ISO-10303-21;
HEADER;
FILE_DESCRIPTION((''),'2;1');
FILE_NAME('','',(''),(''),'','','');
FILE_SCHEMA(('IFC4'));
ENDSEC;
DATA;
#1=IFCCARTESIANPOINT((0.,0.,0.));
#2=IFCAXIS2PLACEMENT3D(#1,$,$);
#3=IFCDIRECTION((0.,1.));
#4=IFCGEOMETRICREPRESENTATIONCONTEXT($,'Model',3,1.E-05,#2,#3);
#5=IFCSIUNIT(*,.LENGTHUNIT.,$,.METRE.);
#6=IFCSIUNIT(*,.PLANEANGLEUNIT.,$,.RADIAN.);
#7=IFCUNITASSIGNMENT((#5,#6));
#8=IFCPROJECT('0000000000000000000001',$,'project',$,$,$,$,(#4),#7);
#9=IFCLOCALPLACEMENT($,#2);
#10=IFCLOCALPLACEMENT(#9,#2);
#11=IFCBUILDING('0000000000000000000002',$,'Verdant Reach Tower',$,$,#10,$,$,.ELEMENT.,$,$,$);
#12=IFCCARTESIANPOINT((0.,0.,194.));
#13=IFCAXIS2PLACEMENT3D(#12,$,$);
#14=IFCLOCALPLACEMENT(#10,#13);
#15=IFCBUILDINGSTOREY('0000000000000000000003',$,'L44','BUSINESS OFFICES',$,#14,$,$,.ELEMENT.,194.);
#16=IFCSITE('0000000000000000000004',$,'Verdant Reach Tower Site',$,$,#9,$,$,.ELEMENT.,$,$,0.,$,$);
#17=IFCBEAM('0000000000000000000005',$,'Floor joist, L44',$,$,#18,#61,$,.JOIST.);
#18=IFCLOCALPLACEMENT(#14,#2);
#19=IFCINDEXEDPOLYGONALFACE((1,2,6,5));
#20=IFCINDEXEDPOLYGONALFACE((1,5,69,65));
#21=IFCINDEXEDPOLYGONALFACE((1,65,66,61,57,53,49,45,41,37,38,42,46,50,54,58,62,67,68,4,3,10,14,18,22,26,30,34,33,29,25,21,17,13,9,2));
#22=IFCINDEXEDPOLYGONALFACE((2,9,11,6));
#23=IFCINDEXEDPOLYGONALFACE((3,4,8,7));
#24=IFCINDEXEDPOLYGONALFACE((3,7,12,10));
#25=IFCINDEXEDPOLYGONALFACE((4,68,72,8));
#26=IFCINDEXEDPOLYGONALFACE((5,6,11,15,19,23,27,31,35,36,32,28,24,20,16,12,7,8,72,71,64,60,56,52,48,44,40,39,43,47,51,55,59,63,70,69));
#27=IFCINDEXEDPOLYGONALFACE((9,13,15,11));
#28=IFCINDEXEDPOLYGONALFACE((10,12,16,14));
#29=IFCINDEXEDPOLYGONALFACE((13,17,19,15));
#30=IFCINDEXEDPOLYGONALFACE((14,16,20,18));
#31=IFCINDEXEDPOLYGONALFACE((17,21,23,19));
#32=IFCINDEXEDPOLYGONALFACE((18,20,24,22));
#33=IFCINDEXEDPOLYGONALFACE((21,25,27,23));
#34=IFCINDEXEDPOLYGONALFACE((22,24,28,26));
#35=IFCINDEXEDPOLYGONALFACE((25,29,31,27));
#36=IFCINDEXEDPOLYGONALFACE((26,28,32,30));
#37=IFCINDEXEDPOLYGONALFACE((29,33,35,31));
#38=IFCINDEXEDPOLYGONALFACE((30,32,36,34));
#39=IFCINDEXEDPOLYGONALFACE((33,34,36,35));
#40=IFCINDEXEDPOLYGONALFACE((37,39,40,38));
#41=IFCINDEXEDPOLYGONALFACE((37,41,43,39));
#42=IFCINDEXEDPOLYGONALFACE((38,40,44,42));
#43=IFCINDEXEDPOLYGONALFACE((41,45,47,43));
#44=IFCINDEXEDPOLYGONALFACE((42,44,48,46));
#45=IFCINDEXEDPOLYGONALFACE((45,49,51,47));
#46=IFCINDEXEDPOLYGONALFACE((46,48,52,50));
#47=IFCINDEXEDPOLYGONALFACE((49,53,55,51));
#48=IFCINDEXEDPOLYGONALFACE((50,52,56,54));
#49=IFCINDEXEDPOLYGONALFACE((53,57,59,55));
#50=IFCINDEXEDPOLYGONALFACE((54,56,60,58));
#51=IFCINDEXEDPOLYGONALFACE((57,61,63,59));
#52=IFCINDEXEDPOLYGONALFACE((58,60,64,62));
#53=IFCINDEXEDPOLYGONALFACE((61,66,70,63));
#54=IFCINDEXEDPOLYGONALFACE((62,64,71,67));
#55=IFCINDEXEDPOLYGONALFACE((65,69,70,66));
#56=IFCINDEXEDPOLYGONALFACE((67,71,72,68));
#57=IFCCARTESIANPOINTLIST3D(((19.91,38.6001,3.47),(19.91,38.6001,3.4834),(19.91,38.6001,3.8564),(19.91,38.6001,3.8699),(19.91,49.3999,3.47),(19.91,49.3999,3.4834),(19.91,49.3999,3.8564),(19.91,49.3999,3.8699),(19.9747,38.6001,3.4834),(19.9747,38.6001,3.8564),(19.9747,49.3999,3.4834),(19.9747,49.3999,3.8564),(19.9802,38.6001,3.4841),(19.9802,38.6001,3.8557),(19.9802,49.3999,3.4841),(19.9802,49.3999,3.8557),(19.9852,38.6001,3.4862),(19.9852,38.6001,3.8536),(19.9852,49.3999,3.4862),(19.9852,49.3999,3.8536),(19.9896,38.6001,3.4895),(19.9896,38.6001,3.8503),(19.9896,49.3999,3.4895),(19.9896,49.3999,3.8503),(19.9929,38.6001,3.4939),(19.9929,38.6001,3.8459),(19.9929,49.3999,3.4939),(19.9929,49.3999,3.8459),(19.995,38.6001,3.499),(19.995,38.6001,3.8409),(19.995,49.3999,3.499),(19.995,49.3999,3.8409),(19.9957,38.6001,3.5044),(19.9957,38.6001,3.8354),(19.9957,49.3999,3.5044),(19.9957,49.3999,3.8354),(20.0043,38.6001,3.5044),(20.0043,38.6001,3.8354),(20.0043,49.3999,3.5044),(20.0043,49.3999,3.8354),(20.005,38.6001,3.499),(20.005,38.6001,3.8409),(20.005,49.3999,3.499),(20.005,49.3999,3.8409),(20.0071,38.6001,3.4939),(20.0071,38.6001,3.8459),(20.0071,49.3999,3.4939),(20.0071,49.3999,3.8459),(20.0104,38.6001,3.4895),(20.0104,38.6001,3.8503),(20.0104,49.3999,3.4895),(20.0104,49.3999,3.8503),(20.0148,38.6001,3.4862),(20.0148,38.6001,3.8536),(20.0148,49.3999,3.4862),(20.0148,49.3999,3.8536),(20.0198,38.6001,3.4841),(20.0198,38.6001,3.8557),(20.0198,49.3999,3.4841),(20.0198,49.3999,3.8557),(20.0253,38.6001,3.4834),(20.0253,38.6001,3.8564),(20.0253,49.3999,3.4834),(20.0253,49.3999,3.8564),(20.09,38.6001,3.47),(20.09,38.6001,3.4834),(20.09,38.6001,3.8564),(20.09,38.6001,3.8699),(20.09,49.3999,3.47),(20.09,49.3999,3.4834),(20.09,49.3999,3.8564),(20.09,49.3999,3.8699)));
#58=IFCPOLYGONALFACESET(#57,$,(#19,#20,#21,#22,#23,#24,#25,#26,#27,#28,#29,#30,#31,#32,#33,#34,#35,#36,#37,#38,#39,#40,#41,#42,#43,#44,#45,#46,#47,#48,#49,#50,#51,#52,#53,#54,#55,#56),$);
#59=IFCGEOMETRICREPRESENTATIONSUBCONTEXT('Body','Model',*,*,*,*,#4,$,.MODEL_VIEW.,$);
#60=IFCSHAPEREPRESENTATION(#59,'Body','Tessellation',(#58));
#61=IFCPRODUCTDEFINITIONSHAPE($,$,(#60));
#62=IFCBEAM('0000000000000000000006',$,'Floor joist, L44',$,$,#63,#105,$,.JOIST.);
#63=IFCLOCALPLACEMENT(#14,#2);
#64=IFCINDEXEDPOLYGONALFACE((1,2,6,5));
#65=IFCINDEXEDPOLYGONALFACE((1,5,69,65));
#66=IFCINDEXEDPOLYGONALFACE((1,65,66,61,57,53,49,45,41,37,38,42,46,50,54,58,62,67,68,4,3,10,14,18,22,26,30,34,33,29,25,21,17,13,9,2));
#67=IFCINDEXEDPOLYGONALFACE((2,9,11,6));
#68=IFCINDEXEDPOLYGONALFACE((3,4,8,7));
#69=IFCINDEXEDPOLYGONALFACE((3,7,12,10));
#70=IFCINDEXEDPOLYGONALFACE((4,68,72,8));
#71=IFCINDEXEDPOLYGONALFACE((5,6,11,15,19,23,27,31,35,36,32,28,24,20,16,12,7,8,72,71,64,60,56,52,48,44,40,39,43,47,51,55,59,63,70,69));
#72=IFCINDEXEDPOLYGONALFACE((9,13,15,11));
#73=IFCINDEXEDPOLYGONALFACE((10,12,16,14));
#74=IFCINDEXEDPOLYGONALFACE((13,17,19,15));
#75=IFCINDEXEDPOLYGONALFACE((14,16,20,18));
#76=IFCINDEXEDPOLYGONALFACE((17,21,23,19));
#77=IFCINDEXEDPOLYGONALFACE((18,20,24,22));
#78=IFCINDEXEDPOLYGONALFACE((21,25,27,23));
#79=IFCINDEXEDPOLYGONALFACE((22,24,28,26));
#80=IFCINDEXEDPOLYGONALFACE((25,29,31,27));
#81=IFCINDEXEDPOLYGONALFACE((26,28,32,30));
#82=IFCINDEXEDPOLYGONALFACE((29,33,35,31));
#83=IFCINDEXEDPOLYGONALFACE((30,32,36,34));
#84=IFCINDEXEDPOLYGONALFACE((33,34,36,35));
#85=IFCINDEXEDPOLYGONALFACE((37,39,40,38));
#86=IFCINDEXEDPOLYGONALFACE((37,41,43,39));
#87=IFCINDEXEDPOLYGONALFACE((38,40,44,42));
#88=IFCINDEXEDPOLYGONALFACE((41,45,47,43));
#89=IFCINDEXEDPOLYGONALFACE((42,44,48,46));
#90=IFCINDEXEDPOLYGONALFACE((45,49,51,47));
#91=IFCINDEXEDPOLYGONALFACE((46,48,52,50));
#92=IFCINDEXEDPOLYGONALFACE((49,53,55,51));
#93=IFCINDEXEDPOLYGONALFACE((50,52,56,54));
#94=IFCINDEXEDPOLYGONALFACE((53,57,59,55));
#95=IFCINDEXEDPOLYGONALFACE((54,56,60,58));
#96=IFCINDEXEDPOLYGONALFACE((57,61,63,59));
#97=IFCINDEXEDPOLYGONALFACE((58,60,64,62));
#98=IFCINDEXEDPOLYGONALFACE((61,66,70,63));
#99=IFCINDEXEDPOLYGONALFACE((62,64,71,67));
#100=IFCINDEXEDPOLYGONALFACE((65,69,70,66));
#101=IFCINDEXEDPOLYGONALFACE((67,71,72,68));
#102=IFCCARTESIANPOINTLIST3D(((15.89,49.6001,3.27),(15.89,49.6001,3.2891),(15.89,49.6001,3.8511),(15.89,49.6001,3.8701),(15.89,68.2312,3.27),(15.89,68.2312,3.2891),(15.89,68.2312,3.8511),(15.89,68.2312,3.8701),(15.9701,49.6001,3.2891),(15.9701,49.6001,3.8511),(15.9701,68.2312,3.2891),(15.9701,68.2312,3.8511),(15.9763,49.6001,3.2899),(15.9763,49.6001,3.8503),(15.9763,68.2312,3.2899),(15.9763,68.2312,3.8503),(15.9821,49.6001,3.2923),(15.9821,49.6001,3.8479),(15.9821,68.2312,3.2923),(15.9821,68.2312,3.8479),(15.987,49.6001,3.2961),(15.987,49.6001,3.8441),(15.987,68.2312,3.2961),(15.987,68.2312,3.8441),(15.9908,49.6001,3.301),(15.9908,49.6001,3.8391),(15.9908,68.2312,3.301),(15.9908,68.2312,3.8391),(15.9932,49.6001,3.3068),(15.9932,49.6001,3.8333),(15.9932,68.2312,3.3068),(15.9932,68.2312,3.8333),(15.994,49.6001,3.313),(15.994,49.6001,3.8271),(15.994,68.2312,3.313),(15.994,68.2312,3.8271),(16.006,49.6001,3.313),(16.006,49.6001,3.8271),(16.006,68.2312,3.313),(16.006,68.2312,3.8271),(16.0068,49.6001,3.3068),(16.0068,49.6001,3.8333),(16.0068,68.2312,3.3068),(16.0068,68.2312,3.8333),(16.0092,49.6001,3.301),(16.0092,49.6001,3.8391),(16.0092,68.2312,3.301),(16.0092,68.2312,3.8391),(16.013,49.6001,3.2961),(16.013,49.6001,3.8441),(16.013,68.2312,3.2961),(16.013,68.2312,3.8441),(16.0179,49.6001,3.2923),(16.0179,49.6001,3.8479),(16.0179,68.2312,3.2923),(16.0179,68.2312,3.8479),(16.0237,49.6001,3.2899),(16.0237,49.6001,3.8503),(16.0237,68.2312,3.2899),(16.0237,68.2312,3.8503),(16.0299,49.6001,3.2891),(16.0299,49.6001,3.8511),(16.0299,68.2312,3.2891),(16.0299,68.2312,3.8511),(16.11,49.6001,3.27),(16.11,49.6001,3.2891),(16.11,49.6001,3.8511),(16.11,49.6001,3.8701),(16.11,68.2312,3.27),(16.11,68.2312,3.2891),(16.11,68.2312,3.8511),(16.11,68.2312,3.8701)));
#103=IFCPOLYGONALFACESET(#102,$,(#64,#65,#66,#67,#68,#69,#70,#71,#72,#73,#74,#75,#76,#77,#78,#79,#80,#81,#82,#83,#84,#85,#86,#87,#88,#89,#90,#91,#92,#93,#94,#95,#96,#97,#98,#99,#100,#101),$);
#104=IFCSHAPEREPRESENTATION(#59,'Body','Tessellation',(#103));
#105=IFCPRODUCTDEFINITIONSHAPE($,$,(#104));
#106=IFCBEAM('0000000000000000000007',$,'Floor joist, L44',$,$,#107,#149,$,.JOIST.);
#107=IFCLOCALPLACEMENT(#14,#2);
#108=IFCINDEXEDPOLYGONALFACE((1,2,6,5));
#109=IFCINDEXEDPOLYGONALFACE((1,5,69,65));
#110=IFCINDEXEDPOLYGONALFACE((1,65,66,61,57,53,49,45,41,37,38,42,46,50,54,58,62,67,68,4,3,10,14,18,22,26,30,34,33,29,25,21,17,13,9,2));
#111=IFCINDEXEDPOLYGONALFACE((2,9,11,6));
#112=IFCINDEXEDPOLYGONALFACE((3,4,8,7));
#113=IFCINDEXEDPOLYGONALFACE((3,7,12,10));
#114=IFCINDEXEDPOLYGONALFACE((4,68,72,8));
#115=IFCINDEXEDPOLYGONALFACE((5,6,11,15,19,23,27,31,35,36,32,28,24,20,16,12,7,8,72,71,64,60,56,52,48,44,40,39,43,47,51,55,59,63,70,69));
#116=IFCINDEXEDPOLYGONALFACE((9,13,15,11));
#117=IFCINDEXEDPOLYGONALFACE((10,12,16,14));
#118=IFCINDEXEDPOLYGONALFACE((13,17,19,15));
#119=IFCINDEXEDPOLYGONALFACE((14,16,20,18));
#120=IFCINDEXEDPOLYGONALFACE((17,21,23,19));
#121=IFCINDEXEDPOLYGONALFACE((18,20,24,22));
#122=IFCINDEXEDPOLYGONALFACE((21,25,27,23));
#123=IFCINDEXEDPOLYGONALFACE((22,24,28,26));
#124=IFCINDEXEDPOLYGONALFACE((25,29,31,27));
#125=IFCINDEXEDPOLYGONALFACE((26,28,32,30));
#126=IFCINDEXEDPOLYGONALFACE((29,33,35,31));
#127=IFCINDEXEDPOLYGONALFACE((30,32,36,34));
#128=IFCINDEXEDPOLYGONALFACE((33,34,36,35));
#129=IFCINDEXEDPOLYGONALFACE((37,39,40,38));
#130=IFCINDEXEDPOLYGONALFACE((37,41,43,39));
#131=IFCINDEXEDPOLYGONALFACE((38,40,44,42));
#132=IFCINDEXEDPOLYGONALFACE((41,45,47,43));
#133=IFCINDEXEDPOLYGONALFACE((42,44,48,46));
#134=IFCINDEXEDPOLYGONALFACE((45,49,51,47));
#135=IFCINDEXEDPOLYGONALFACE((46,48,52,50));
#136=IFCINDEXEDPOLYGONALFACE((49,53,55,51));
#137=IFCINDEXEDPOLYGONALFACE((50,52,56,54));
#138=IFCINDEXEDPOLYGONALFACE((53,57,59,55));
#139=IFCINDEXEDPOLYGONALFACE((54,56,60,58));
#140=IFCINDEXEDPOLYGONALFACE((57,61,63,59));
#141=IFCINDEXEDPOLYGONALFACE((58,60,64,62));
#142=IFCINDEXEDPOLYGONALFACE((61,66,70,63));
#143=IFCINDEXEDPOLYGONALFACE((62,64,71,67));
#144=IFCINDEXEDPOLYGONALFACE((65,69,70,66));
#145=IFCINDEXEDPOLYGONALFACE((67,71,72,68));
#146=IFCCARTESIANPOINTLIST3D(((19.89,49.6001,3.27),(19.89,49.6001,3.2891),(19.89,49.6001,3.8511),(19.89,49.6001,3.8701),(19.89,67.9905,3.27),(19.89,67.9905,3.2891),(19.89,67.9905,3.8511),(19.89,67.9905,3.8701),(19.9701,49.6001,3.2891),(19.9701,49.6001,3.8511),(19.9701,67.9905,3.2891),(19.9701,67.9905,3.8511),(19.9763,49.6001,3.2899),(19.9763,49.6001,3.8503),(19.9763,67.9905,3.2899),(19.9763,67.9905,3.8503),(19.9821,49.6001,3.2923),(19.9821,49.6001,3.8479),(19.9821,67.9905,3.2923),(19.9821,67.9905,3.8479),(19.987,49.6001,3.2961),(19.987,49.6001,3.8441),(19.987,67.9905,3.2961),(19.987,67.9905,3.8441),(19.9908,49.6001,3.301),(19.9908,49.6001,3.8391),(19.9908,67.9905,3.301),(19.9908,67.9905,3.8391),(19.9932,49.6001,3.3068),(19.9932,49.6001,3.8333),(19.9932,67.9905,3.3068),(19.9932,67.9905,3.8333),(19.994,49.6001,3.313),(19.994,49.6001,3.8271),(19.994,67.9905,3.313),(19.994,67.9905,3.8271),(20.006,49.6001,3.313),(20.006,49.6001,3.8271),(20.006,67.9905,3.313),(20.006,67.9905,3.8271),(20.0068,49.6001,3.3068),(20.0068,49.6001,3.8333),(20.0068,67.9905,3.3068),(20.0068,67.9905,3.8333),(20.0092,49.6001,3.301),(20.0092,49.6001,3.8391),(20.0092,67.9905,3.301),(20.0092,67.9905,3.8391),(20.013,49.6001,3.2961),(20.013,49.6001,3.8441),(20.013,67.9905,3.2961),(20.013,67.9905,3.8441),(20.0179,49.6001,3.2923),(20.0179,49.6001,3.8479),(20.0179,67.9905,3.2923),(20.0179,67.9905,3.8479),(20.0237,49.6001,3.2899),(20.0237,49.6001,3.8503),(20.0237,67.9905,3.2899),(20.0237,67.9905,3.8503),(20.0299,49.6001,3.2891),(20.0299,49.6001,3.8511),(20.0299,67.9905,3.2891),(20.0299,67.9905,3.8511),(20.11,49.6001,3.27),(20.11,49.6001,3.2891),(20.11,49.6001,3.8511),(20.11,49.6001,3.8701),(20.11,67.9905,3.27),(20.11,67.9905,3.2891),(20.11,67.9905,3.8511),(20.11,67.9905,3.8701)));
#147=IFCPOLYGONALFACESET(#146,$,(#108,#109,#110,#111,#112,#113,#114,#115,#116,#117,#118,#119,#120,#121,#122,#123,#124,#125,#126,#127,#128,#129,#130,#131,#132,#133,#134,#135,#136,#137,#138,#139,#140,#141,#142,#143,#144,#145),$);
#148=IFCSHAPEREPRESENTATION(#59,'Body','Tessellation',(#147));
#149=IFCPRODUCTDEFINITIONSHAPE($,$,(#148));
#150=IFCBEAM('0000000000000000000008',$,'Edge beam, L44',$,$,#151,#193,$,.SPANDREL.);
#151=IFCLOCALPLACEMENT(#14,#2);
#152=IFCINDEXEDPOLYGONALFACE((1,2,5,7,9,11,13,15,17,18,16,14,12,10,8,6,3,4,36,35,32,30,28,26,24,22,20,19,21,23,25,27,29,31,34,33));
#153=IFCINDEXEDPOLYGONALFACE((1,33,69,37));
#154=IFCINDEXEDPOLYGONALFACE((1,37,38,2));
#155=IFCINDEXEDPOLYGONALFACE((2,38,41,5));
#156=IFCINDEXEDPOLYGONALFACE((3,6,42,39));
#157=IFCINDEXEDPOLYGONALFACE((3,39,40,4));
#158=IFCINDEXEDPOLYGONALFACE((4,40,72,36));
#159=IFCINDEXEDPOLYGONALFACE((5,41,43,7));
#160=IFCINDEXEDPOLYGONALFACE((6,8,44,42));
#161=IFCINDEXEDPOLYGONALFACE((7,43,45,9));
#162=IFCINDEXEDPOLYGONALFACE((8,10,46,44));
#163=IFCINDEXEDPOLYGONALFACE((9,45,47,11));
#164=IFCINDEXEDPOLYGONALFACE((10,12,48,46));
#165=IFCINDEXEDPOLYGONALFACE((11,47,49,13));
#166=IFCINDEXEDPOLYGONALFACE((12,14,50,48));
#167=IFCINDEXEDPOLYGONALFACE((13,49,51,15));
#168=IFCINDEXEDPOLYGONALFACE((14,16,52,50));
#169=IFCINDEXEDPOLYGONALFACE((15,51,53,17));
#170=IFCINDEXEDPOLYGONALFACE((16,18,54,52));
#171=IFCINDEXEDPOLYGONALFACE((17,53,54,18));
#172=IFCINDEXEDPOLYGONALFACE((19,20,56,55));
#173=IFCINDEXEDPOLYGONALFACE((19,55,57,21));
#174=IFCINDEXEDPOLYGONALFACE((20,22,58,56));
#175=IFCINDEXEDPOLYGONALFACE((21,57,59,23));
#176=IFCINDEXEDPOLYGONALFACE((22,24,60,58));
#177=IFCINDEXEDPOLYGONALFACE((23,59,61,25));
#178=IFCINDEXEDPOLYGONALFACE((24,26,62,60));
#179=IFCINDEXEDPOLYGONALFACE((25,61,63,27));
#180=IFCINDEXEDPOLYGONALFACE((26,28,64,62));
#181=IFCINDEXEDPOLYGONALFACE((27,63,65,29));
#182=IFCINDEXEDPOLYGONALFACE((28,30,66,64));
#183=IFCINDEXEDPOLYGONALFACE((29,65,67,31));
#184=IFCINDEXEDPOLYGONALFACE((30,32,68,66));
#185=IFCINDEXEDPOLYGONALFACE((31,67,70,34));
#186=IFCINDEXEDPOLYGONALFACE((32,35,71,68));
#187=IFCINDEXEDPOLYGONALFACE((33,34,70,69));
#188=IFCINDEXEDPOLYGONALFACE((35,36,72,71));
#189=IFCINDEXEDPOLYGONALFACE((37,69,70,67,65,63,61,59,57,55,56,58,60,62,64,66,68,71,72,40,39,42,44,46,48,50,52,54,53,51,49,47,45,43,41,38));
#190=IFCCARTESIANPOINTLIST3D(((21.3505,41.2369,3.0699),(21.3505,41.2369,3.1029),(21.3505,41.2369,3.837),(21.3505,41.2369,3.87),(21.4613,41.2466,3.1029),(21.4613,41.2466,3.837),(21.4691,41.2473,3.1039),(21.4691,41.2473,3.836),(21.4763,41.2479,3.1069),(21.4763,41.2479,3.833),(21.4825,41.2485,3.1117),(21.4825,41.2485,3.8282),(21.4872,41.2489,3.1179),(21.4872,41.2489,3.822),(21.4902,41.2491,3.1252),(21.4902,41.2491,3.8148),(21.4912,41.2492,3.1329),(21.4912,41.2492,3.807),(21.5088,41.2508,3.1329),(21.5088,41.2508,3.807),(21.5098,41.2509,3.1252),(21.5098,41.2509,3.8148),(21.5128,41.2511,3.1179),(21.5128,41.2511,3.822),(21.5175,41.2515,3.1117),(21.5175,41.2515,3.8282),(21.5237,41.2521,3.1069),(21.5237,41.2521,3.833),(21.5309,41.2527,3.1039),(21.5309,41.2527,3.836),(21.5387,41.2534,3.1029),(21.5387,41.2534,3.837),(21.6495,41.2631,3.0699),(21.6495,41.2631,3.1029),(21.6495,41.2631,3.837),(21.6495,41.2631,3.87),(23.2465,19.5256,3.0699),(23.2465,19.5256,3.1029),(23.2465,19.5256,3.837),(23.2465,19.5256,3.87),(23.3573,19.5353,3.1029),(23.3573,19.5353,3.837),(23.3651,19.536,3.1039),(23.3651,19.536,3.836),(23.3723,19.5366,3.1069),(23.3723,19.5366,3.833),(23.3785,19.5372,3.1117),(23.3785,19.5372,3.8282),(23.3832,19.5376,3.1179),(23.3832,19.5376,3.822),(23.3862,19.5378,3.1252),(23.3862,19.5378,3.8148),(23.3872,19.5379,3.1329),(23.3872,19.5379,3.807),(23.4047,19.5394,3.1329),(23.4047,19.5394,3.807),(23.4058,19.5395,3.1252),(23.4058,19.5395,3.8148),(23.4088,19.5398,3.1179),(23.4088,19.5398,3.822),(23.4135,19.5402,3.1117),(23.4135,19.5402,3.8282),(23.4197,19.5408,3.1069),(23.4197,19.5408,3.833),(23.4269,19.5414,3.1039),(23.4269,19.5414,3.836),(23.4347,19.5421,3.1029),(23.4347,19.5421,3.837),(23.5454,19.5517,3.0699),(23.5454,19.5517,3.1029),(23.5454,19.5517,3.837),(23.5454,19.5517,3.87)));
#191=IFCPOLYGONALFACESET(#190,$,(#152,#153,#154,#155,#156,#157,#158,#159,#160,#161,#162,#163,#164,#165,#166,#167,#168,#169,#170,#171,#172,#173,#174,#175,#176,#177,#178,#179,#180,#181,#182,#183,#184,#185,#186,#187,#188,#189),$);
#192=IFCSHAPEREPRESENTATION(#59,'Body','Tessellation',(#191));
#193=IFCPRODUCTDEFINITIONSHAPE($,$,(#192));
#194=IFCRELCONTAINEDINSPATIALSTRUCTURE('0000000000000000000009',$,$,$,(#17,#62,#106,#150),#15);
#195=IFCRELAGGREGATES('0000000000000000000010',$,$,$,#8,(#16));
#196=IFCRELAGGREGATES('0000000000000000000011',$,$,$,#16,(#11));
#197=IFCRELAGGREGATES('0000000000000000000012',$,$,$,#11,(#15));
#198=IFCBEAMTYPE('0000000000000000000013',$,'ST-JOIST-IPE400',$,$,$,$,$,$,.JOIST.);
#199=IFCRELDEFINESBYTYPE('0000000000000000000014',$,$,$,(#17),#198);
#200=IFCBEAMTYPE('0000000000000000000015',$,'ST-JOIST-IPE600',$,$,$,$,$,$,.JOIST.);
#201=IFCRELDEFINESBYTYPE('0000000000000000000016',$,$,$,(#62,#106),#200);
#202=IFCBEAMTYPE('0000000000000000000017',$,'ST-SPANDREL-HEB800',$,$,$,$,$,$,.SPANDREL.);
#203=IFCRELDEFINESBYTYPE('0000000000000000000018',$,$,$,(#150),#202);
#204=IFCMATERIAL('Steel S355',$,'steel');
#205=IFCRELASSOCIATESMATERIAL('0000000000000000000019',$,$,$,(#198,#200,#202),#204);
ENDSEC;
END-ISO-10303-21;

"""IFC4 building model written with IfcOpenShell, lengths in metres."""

from ifc_helpers import new_model, si_unit, direction, frame, origin, origin_2d, place, context, subcontext, project, spatial, i_section, extrude, material, material_profile, profile_set, type_object, element, save


model = new_model("IFC4")

# Units and contexts
model_context = context("Model", 3, precision=1e-05, world=origin(), true_north=direction((0.0, 1.0)))
body_context = subcontext(model_context, "Body", "Model", "MODEL_VIEW")
ifc_project = project(units=[si_unit("LENGTHUNIT", "METRE"), si_unit("PLANEANGLEUNIT", "RADIAN")], contexts=[model_context])

# Site, building, storey
site_placement = place(None, origin())
site = spatial("IfcSite", under=ifc_project, at=site_placement, Name="Verdant Reach Tower Site", CompositionType="ELEMENT", RefElevation=0.0)
building_placement = place(site_placement, origin())
building = spatial("IfcBuilding", under=site, at=building_placement, Name="Verdant Reach Tower", CompositionType="ELEMENT")
storey_placement = place(building_placement, frame((0.0, 0.0, 194.0)))
storey = spatial("IfcBuildingStorey", under=building, at=storey_placement, Name="L44", Description="BUSINESS OFFICES", CompositionType="ELEMENT", Elevation=194.0)

# Beams
ifc_material_1 = material(Name="Steel S355", Category="steel")
ifc_material_profile_1 = material_profile(ifc_material_1, i_section(OverallWidth=0.1799, OverallDepth=0.3999, WebThickness=0.0085, FlangeThickness=0.0134, FilletRadius=0.021, at=origin_2d()), Name="IPE 400")
ifc_profile_set_1 = profile_set([ifc_material_profile_1], Name="Steel S355")
beam_type_1 = type_object("IfcBeamType", Name="ST-JOIST-IPE400", PredefinedType="JOIST", material=ifc_profile_set_1)
for number, where, z_axis, x_axis, name in (
    (1, (20.0, 38.6001, 3.6699), (0.0, 1.0, 0.0), (-1.0, 0.0, 0.0), "Floor joist, L44"),
):
    element("IfcBeam", number, at=place(storey_placement, frame(where, z_axis=z_axis, x_axis=x_axis)), inside=storey, type_object=beam_type_1, Name=name, PredefinedType="JOIST", context=body_context, shape_type="SweptSolid", body=[
        extrude(i_section(OverallWidth=0.1799, OverallDepth=0.3999, WebThickness=0.0085, FlangeThickness=0.0134, FilletRadius=0.021, at=origin_2d()), origin(), (0.0, 0.0, 1.0), 10.7998),
    ])
ifc_material_profile_2 = material_profile(ifc_material_1, i_section(OverallWidth=0.22, OverallDepth=0.6001, WebThickness=0.012, FlangeThickness=0.019, FilletRadius=0.0239, at=origin_2d()), Name="IPE 600")
ifc_profile_set_2 = profile_set([ifc_material_profile_2], Name="Steel S355")
beam_type_2 = type_object("IfcBeamType", Name="ST-JOIST-IPE600", PredefinedType="JOIST", material=ifc_profile_set_2)
beam_1_placement = place(storey_placement, frame((16.0, 49.6001, 3.5701), z_axis=(0.0, 1.0, 0.0), x_axis=(-1.0, 0.0, 0.0)))
element("IfcBeam", 2, at=beam_1_placement, inside=storey, type_object=beam_type_2, Name="Floor joist, L44", PredefinedType="JOIST", context=body_context, shape_type="SweptSolid", body=[
    extrude(i_section(OverallWidth=0.22, OverallDepth=0.6001, WebThickness=0.012, FlangeThickness=0.019, FilletRadius=0.0239, at=origin_2d()), origin(), (0.0, 0.0, 1.0), 18.6311),
])
beam_2_placement = place(storey_placement, frame((20.0, 49.6001, 3.5701), z_axis=(0.0, 1.0, 0.0), x_axis=(-1.0, 0.0, 0.0)))
element("IfcBeam", 3, at=beam_2_placement, inside=storey, type_object=beam_type_2, Name="Floor joist, L44", PredefinedType="JOIST", context=body_context, shape_type="SweptSolid", body=[
    extrude(i_section(OverallWidth=0.22, OverallDepth=0.6001, WebThickness=0.012, FlangeThickness=0.019, FilletRadius=0.0239, at=origin_2d()), origin(), (0.0, 0.0, 1.0), 18.3904),
])
ifc_material_profile_3 = material_profile(ifc_material_1, i_section(OverallWidth=0.3, OverallDepth=0.8, WebThickness=0.0176, FlangeThickness=0.033, FilletRadius=0.03, at=origin_2d()), Name="HEB 800")
ifc_profile_set_3 = profile_set([ifc_material_profile_3], Name="Steel S355")
beam_type_3 = type_object("IfcBeamType", Name="ST-SPANDREL-HEB800", PredefinedType="SPANDREL", material=ifc_profile_set_3)
beam_3_placement = place(storey_placement, frame((21.5, 41.25, 3.47), z_axis=(0.086996, -0.996209, 0.0), x_axis=(0.996209, 0.086996, 0.0)))
element("IfcBeam", 4, at=beam_3_placement, inside=storey, type_object=beam_type_3, Name="Edge beam, L44", PredefinedType="SPANDREL", context=body_context, shape_type="SweptSolid", body=[
    extrude(i_section(OverallWidth=0.3, OverallDepth=0.8, WebThickness=0.0176, FlangeThickness=0.033, FilletRadius=0.03, at=origin_2d()), origin(), (0.0, 0.0, 1.0), 21.7939),
])

save(model, "model.ifc")
